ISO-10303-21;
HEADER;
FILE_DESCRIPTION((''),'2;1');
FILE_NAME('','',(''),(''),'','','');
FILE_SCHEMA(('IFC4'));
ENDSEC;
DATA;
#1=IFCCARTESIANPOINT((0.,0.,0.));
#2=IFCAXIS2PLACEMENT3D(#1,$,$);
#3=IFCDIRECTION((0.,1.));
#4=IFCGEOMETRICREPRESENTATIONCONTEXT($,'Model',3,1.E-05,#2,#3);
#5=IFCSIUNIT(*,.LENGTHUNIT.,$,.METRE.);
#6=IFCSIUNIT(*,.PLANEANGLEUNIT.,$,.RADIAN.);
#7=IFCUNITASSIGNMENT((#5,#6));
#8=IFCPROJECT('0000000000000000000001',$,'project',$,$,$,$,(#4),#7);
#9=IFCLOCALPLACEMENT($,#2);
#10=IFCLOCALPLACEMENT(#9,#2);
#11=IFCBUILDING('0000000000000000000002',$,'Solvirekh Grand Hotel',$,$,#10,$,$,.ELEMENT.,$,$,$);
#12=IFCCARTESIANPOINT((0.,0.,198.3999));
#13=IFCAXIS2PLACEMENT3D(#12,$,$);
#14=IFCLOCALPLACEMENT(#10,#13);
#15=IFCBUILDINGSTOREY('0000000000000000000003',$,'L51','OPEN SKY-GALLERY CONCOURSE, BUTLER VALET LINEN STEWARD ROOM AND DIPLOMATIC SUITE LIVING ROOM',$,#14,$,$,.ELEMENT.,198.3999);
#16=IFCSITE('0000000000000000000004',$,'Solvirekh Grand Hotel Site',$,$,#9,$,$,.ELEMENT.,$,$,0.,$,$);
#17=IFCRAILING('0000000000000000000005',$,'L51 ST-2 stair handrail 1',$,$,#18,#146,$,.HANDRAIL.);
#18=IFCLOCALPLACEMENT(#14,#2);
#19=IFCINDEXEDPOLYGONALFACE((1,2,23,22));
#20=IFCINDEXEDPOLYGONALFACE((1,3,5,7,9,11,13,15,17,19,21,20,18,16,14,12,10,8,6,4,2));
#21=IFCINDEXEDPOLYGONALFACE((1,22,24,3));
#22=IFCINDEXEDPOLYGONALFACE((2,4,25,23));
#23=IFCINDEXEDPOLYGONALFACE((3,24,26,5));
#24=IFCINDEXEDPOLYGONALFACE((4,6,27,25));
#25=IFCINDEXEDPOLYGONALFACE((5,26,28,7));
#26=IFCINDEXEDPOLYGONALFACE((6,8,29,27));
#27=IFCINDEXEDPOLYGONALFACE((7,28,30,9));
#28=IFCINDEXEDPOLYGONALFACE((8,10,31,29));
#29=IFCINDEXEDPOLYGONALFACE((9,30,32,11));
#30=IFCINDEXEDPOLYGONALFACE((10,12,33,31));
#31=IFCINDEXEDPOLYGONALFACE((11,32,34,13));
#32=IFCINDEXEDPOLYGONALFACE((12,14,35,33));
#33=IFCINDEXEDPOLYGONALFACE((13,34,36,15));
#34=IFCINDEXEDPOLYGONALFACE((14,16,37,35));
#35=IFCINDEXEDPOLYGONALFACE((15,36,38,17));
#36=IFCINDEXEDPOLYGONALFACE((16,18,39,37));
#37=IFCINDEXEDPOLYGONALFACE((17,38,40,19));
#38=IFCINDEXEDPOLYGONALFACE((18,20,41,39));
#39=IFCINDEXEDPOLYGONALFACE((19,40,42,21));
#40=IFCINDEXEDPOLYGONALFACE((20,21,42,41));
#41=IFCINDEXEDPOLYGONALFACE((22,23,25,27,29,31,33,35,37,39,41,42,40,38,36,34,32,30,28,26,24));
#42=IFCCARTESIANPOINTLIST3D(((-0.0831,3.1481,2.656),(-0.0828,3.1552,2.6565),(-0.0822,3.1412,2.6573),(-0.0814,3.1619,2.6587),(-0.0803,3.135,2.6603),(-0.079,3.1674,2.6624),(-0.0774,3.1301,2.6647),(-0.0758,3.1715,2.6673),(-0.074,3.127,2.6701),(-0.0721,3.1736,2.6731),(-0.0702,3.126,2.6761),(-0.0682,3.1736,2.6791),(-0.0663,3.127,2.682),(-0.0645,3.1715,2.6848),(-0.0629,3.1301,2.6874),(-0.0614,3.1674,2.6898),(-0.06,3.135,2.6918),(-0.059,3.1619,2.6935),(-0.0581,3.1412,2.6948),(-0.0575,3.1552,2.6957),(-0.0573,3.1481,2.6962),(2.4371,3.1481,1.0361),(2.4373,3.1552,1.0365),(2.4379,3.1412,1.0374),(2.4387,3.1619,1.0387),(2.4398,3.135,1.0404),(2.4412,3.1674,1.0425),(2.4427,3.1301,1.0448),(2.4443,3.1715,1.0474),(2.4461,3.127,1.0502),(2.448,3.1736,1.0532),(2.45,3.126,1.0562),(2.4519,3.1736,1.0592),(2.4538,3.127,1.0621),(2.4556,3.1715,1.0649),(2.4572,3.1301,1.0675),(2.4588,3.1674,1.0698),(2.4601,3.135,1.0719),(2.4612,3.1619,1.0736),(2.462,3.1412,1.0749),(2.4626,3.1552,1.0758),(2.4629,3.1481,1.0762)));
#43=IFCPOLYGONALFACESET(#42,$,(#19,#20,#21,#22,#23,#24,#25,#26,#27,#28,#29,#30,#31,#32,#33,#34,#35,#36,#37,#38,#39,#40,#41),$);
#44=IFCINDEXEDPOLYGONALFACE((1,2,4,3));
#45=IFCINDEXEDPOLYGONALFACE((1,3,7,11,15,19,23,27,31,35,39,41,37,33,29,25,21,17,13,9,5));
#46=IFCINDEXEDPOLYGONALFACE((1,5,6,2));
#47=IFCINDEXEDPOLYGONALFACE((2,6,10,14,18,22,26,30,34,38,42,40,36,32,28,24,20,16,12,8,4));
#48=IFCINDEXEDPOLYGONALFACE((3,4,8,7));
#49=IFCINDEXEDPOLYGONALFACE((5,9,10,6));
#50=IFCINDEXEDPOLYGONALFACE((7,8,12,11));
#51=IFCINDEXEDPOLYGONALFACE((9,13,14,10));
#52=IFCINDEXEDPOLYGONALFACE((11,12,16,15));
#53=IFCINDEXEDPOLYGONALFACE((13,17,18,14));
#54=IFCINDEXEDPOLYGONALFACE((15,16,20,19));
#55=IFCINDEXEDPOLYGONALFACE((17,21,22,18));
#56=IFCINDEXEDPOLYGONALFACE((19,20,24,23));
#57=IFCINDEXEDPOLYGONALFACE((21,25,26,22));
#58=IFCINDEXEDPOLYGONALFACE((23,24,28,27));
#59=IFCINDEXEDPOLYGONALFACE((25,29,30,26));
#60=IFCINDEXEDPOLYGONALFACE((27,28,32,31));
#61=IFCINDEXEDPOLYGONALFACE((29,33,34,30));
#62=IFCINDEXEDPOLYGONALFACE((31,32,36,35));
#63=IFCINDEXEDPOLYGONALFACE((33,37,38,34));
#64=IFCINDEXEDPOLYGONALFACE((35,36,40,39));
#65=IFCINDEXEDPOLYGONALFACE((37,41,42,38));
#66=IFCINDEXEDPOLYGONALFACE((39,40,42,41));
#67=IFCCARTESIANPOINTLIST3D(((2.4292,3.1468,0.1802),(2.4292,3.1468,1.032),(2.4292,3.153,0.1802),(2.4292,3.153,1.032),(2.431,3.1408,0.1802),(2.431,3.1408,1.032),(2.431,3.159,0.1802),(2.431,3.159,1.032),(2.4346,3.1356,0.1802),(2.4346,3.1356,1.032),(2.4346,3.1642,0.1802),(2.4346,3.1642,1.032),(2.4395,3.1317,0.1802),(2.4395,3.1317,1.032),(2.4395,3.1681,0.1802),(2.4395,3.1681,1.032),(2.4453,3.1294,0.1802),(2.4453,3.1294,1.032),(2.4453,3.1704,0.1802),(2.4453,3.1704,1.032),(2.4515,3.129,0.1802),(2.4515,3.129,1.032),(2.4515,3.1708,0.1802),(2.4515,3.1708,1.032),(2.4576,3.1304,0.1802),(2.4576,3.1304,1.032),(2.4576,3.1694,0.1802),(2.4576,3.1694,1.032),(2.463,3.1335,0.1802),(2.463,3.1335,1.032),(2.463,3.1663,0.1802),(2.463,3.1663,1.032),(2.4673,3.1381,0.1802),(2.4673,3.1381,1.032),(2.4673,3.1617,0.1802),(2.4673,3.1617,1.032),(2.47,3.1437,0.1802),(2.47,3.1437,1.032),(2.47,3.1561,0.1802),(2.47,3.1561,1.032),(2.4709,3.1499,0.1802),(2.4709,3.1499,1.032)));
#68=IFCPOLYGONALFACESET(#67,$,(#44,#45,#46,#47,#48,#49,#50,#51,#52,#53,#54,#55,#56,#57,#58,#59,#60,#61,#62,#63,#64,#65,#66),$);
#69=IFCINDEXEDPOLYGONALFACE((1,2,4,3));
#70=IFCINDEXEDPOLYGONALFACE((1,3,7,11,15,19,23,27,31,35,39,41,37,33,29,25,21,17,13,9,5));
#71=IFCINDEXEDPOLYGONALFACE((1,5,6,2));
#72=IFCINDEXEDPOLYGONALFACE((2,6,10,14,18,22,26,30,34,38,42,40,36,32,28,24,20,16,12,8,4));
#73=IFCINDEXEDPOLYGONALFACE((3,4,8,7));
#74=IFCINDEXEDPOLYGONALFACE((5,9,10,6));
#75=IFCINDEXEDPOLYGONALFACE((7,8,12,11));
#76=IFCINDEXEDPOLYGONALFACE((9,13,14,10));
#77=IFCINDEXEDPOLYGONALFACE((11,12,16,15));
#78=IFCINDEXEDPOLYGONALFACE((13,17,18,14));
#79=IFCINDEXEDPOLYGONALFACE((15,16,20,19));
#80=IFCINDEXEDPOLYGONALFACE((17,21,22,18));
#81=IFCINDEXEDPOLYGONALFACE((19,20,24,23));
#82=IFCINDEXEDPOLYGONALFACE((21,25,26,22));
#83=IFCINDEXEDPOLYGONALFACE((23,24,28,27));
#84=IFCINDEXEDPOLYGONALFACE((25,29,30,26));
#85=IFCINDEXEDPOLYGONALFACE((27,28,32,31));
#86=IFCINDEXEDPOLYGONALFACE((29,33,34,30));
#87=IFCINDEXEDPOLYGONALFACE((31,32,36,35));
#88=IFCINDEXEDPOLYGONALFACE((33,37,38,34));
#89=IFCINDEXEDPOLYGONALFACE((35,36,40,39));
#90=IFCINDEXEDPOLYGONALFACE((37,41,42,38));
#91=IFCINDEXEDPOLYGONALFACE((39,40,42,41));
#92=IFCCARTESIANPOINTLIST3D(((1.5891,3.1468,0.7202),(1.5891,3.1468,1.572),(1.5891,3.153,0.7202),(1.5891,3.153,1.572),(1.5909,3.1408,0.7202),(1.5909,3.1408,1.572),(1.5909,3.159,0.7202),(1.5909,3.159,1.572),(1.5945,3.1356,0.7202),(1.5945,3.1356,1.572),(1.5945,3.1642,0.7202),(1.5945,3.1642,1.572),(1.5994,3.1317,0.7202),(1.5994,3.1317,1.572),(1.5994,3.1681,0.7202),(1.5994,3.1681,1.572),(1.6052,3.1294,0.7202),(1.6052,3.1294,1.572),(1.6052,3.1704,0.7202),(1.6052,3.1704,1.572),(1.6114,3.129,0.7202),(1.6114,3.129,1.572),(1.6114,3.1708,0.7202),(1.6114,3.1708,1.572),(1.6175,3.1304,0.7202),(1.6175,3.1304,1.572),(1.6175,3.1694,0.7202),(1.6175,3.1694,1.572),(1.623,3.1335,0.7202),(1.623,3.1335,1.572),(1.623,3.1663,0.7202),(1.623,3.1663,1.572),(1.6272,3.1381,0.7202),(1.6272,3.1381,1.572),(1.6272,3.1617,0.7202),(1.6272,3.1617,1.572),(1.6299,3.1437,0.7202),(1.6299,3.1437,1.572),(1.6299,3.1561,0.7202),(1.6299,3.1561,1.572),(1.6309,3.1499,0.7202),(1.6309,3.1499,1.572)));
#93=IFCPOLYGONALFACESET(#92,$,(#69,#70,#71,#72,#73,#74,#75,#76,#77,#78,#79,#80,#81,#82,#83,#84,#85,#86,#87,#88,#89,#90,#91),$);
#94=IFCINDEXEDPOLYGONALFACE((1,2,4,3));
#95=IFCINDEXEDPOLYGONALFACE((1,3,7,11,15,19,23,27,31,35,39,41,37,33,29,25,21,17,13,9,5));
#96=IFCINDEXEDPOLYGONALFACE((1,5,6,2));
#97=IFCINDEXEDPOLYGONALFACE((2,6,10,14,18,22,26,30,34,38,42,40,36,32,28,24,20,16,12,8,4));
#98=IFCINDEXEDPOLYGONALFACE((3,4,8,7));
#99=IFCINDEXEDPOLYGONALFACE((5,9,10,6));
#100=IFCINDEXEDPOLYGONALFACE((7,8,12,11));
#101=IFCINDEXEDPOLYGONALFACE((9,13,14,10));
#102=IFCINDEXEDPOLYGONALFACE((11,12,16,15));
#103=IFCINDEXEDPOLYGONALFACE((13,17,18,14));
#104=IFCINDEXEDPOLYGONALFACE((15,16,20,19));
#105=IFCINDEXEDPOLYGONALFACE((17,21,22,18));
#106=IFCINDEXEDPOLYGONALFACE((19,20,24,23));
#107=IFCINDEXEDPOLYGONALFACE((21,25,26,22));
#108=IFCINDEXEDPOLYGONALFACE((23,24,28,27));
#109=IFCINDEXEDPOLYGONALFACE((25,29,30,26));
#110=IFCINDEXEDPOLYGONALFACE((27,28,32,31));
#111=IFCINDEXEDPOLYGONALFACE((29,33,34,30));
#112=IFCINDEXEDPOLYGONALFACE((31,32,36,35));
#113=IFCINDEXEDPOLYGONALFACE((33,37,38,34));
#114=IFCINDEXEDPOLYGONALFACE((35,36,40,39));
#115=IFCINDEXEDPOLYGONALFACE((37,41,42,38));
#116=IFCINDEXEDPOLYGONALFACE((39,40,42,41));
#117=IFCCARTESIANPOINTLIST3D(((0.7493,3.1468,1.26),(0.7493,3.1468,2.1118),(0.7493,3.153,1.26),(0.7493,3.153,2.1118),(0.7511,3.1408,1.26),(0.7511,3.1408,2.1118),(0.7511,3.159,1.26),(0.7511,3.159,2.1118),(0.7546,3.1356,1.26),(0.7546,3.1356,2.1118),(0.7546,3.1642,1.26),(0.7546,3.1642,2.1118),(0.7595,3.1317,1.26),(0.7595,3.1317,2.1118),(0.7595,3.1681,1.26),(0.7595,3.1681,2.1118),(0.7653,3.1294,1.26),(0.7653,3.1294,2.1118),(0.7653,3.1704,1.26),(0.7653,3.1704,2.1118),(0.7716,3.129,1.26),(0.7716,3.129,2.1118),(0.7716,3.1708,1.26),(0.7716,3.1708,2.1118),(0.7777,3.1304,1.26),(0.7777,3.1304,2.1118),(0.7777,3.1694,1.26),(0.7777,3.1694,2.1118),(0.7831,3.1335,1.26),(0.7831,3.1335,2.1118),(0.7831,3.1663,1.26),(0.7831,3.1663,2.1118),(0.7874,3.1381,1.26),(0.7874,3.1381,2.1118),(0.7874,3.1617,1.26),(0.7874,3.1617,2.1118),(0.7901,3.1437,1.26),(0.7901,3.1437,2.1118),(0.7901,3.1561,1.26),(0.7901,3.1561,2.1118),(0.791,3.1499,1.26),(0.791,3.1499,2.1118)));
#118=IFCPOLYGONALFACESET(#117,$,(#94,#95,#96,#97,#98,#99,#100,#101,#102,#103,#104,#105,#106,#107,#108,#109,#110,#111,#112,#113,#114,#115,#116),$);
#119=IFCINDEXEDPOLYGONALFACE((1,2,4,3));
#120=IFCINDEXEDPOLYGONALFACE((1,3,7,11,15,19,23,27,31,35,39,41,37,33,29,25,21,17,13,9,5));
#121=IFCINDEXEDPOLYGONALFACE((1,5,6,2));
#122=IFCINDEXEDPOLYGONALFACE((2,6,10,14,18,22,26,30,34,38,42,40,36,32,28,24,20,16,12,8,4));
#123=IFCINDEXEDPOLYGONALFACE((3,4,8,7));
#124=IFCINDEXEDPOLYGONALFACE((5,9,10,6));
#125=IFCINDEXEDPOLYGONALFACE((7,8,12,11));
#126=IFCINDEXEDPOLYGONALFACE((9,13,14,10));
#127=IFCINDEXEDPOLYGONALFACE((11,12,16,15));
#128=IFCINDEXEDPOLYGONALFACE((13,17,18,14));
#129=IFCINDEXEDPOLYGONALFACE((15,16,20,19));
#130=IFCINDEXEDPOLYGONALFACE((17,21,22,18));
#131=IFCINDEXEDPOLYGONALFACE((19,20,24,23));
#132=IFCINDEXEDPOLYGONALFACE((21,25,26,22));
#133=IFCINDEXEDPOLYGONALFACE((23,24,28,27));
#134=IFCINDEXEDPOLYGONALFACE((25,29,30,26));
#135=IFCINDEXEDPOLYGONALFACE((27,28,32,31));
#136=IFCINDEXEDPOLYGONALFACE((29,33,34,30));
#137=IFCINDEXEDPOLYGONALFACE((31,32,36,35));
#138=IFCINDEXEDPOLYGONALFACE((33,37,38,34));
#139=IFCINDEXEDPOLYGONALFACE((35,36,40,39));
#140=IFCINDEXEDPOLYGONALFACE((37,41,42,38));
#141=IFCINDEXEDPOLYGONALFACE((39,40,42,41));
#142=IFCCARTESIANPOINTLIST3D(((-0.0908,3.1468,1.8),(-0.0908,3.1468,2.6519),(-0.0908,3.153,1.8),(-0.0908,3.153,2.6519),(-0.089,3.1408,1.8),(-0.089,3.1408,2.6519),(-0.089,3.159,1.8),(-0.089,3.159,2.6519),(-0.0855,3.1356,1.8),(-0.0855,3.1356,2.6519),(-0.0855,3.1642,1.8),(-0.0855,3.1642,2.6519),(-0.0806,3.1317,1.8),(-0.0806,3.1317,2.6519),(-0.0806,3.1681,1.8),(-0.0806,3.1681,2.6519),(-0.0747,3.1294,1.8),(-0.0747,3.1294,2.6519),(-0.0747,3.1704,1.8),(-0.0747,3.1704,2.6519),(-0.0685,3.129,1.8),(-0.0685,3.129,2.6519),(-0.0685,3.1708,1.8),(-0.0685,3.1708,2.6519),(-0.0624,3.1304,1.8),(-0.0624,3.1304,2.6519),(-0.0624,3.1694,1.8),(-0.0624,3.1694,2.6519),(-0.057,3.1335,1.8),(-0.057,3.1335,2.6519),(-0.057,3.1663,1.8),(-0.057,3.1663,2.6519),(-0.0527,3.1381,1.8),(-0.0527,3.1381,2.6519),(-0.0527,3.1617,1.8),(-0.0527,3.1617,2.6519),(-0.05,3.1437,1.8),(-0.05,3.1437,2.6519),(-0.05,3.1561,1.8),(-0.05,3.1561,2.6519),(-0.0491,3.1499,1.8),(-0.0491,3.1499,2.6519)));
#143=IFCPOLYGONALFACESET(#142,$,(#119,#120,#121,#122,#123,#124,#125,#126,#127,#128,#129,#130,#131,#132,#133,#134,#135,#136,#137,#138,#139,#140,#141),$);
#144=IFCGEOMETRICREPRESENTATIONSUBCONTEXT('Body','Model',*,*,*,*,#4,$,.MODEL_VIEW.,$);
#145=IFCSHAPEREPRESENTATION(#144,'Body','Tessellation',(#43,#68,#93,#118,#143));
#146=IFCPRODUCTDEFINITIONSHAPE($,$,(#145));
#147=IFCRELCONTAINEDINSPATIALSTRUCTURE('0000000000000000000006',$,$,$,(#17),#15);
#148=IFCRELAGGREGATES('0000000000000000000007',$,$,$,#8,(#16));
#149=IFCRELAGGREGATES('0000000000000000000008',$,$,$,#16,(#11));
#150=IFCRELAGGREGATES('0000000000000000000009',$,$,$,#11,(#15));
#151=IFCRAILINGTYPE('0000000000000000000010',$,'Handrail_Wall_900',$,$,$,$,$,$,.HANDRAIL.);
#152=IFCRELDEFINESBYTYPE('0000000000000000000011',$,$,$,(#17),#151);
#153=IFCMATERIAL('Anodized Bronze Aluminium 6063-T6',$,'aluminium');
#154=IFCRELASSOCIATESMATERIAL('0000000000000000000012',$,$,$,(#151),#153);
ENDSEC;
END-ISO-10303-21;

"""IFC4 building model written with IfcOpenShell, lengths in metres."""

from ifc_helpers import new_model, si_unit, direction, frame, origin, origin_2d, place, context, subcontext, project, spatial, circle, extrude, material, type_object, element, save


model = new_model("IFC4")

# Units and contexts
model_context = context("Model", 3, precision=1e-05, world=origin(), true_north=direction((0.0, 1.0)))
body_context = subcontext(model_context, "Body", "Model", "MODEL_VIEW")
ifc_project = project(units=[si_unit("LENGTHUNIT", "METRE"), si_unit("PLANEANGLEUNIT", "RADIAN")], contexts=[model_context])

# Site, building, storey
site_placement = place(None, origin())
site = spatial("IfcSite", under=ifc_project, at=site_placement, Name="Solvirekh Grand Hotel Site", CompositionType="ELEMENT", RefElevation=0.0)
building_placement = place(site_placement, origin())
building = spatial("IfcBuilding", under=site, at=building_placement, Name="Solvirekh Grand Hotel", CompositionType="ELEMENT")
storey_placement = place(building_placement, frame((0.0, 0.0, 198.3999)))
storey = spatial("IfcBuildingStorey", under=building, at=storey_placement, Name="L51", Description="OPEN SKY-GALLERY CONCOURSE, BUTLER VALET LINEN STEWARD ROOM AND DIPLOMATIC SUITE LIVING ROOM", CompositionType="ELEMENT", Elevation=198.3999)

# Shared definitions
ifc_material_1 = material(Name="Anodized Bronze Aluminium 6063-T6", Category="aluminium")

# Railing
railing_type_1 = type_object("IfcRailingType", Name="Handrail_Wall_900", PredefinedType="HANDRAIL", material=ifc_material_1)
railing_1_placement = place(storey_placement, frame((2.45, 3.1499, 0.1802)))
element("IfcRailing", 1, at=railing_1_placement, inside=storey, type_object=railing_type_1, Name="L51 ST-2 stair handrail 1", PredefinedType="HANDRAIL", context=body_context, shape_type="SweptSolid", body=[
    extrude(circle(Radius=0.0239, at=origin_2d()), frame((0.0, 0.0, 0.876), z_axis=(-0.8412, 0.0, 0.540725), x_axis=(0.0, -1.0, 0.0)), (0.0, 0.0, 1.0), 2.9958),
    extrude(circle(Radius=0.021, at=origin_2d()), origin(), (0.0, 0.0, 1.0), 0.8518),
    extrude(circle(Radius=0.021, at=origin_2d()), frame((-0.8401, 0.0, 0.54)), (0.0, 0.0, 1.0), 0.8518),
    extrude(circle(Radius=0.021, at=origin_2d()), frame((-1.6799, 0.0, 1.0798)), (0.0, 0.0, 1.0), 0.8518),
    extrude(circle(Radius=0.021, at=origin_2d()), frame((-2.52, 0.0, 1.6199)), (0.0, 0.0, 1.0), 0.8518),
])

save(model, "model.ifc")
